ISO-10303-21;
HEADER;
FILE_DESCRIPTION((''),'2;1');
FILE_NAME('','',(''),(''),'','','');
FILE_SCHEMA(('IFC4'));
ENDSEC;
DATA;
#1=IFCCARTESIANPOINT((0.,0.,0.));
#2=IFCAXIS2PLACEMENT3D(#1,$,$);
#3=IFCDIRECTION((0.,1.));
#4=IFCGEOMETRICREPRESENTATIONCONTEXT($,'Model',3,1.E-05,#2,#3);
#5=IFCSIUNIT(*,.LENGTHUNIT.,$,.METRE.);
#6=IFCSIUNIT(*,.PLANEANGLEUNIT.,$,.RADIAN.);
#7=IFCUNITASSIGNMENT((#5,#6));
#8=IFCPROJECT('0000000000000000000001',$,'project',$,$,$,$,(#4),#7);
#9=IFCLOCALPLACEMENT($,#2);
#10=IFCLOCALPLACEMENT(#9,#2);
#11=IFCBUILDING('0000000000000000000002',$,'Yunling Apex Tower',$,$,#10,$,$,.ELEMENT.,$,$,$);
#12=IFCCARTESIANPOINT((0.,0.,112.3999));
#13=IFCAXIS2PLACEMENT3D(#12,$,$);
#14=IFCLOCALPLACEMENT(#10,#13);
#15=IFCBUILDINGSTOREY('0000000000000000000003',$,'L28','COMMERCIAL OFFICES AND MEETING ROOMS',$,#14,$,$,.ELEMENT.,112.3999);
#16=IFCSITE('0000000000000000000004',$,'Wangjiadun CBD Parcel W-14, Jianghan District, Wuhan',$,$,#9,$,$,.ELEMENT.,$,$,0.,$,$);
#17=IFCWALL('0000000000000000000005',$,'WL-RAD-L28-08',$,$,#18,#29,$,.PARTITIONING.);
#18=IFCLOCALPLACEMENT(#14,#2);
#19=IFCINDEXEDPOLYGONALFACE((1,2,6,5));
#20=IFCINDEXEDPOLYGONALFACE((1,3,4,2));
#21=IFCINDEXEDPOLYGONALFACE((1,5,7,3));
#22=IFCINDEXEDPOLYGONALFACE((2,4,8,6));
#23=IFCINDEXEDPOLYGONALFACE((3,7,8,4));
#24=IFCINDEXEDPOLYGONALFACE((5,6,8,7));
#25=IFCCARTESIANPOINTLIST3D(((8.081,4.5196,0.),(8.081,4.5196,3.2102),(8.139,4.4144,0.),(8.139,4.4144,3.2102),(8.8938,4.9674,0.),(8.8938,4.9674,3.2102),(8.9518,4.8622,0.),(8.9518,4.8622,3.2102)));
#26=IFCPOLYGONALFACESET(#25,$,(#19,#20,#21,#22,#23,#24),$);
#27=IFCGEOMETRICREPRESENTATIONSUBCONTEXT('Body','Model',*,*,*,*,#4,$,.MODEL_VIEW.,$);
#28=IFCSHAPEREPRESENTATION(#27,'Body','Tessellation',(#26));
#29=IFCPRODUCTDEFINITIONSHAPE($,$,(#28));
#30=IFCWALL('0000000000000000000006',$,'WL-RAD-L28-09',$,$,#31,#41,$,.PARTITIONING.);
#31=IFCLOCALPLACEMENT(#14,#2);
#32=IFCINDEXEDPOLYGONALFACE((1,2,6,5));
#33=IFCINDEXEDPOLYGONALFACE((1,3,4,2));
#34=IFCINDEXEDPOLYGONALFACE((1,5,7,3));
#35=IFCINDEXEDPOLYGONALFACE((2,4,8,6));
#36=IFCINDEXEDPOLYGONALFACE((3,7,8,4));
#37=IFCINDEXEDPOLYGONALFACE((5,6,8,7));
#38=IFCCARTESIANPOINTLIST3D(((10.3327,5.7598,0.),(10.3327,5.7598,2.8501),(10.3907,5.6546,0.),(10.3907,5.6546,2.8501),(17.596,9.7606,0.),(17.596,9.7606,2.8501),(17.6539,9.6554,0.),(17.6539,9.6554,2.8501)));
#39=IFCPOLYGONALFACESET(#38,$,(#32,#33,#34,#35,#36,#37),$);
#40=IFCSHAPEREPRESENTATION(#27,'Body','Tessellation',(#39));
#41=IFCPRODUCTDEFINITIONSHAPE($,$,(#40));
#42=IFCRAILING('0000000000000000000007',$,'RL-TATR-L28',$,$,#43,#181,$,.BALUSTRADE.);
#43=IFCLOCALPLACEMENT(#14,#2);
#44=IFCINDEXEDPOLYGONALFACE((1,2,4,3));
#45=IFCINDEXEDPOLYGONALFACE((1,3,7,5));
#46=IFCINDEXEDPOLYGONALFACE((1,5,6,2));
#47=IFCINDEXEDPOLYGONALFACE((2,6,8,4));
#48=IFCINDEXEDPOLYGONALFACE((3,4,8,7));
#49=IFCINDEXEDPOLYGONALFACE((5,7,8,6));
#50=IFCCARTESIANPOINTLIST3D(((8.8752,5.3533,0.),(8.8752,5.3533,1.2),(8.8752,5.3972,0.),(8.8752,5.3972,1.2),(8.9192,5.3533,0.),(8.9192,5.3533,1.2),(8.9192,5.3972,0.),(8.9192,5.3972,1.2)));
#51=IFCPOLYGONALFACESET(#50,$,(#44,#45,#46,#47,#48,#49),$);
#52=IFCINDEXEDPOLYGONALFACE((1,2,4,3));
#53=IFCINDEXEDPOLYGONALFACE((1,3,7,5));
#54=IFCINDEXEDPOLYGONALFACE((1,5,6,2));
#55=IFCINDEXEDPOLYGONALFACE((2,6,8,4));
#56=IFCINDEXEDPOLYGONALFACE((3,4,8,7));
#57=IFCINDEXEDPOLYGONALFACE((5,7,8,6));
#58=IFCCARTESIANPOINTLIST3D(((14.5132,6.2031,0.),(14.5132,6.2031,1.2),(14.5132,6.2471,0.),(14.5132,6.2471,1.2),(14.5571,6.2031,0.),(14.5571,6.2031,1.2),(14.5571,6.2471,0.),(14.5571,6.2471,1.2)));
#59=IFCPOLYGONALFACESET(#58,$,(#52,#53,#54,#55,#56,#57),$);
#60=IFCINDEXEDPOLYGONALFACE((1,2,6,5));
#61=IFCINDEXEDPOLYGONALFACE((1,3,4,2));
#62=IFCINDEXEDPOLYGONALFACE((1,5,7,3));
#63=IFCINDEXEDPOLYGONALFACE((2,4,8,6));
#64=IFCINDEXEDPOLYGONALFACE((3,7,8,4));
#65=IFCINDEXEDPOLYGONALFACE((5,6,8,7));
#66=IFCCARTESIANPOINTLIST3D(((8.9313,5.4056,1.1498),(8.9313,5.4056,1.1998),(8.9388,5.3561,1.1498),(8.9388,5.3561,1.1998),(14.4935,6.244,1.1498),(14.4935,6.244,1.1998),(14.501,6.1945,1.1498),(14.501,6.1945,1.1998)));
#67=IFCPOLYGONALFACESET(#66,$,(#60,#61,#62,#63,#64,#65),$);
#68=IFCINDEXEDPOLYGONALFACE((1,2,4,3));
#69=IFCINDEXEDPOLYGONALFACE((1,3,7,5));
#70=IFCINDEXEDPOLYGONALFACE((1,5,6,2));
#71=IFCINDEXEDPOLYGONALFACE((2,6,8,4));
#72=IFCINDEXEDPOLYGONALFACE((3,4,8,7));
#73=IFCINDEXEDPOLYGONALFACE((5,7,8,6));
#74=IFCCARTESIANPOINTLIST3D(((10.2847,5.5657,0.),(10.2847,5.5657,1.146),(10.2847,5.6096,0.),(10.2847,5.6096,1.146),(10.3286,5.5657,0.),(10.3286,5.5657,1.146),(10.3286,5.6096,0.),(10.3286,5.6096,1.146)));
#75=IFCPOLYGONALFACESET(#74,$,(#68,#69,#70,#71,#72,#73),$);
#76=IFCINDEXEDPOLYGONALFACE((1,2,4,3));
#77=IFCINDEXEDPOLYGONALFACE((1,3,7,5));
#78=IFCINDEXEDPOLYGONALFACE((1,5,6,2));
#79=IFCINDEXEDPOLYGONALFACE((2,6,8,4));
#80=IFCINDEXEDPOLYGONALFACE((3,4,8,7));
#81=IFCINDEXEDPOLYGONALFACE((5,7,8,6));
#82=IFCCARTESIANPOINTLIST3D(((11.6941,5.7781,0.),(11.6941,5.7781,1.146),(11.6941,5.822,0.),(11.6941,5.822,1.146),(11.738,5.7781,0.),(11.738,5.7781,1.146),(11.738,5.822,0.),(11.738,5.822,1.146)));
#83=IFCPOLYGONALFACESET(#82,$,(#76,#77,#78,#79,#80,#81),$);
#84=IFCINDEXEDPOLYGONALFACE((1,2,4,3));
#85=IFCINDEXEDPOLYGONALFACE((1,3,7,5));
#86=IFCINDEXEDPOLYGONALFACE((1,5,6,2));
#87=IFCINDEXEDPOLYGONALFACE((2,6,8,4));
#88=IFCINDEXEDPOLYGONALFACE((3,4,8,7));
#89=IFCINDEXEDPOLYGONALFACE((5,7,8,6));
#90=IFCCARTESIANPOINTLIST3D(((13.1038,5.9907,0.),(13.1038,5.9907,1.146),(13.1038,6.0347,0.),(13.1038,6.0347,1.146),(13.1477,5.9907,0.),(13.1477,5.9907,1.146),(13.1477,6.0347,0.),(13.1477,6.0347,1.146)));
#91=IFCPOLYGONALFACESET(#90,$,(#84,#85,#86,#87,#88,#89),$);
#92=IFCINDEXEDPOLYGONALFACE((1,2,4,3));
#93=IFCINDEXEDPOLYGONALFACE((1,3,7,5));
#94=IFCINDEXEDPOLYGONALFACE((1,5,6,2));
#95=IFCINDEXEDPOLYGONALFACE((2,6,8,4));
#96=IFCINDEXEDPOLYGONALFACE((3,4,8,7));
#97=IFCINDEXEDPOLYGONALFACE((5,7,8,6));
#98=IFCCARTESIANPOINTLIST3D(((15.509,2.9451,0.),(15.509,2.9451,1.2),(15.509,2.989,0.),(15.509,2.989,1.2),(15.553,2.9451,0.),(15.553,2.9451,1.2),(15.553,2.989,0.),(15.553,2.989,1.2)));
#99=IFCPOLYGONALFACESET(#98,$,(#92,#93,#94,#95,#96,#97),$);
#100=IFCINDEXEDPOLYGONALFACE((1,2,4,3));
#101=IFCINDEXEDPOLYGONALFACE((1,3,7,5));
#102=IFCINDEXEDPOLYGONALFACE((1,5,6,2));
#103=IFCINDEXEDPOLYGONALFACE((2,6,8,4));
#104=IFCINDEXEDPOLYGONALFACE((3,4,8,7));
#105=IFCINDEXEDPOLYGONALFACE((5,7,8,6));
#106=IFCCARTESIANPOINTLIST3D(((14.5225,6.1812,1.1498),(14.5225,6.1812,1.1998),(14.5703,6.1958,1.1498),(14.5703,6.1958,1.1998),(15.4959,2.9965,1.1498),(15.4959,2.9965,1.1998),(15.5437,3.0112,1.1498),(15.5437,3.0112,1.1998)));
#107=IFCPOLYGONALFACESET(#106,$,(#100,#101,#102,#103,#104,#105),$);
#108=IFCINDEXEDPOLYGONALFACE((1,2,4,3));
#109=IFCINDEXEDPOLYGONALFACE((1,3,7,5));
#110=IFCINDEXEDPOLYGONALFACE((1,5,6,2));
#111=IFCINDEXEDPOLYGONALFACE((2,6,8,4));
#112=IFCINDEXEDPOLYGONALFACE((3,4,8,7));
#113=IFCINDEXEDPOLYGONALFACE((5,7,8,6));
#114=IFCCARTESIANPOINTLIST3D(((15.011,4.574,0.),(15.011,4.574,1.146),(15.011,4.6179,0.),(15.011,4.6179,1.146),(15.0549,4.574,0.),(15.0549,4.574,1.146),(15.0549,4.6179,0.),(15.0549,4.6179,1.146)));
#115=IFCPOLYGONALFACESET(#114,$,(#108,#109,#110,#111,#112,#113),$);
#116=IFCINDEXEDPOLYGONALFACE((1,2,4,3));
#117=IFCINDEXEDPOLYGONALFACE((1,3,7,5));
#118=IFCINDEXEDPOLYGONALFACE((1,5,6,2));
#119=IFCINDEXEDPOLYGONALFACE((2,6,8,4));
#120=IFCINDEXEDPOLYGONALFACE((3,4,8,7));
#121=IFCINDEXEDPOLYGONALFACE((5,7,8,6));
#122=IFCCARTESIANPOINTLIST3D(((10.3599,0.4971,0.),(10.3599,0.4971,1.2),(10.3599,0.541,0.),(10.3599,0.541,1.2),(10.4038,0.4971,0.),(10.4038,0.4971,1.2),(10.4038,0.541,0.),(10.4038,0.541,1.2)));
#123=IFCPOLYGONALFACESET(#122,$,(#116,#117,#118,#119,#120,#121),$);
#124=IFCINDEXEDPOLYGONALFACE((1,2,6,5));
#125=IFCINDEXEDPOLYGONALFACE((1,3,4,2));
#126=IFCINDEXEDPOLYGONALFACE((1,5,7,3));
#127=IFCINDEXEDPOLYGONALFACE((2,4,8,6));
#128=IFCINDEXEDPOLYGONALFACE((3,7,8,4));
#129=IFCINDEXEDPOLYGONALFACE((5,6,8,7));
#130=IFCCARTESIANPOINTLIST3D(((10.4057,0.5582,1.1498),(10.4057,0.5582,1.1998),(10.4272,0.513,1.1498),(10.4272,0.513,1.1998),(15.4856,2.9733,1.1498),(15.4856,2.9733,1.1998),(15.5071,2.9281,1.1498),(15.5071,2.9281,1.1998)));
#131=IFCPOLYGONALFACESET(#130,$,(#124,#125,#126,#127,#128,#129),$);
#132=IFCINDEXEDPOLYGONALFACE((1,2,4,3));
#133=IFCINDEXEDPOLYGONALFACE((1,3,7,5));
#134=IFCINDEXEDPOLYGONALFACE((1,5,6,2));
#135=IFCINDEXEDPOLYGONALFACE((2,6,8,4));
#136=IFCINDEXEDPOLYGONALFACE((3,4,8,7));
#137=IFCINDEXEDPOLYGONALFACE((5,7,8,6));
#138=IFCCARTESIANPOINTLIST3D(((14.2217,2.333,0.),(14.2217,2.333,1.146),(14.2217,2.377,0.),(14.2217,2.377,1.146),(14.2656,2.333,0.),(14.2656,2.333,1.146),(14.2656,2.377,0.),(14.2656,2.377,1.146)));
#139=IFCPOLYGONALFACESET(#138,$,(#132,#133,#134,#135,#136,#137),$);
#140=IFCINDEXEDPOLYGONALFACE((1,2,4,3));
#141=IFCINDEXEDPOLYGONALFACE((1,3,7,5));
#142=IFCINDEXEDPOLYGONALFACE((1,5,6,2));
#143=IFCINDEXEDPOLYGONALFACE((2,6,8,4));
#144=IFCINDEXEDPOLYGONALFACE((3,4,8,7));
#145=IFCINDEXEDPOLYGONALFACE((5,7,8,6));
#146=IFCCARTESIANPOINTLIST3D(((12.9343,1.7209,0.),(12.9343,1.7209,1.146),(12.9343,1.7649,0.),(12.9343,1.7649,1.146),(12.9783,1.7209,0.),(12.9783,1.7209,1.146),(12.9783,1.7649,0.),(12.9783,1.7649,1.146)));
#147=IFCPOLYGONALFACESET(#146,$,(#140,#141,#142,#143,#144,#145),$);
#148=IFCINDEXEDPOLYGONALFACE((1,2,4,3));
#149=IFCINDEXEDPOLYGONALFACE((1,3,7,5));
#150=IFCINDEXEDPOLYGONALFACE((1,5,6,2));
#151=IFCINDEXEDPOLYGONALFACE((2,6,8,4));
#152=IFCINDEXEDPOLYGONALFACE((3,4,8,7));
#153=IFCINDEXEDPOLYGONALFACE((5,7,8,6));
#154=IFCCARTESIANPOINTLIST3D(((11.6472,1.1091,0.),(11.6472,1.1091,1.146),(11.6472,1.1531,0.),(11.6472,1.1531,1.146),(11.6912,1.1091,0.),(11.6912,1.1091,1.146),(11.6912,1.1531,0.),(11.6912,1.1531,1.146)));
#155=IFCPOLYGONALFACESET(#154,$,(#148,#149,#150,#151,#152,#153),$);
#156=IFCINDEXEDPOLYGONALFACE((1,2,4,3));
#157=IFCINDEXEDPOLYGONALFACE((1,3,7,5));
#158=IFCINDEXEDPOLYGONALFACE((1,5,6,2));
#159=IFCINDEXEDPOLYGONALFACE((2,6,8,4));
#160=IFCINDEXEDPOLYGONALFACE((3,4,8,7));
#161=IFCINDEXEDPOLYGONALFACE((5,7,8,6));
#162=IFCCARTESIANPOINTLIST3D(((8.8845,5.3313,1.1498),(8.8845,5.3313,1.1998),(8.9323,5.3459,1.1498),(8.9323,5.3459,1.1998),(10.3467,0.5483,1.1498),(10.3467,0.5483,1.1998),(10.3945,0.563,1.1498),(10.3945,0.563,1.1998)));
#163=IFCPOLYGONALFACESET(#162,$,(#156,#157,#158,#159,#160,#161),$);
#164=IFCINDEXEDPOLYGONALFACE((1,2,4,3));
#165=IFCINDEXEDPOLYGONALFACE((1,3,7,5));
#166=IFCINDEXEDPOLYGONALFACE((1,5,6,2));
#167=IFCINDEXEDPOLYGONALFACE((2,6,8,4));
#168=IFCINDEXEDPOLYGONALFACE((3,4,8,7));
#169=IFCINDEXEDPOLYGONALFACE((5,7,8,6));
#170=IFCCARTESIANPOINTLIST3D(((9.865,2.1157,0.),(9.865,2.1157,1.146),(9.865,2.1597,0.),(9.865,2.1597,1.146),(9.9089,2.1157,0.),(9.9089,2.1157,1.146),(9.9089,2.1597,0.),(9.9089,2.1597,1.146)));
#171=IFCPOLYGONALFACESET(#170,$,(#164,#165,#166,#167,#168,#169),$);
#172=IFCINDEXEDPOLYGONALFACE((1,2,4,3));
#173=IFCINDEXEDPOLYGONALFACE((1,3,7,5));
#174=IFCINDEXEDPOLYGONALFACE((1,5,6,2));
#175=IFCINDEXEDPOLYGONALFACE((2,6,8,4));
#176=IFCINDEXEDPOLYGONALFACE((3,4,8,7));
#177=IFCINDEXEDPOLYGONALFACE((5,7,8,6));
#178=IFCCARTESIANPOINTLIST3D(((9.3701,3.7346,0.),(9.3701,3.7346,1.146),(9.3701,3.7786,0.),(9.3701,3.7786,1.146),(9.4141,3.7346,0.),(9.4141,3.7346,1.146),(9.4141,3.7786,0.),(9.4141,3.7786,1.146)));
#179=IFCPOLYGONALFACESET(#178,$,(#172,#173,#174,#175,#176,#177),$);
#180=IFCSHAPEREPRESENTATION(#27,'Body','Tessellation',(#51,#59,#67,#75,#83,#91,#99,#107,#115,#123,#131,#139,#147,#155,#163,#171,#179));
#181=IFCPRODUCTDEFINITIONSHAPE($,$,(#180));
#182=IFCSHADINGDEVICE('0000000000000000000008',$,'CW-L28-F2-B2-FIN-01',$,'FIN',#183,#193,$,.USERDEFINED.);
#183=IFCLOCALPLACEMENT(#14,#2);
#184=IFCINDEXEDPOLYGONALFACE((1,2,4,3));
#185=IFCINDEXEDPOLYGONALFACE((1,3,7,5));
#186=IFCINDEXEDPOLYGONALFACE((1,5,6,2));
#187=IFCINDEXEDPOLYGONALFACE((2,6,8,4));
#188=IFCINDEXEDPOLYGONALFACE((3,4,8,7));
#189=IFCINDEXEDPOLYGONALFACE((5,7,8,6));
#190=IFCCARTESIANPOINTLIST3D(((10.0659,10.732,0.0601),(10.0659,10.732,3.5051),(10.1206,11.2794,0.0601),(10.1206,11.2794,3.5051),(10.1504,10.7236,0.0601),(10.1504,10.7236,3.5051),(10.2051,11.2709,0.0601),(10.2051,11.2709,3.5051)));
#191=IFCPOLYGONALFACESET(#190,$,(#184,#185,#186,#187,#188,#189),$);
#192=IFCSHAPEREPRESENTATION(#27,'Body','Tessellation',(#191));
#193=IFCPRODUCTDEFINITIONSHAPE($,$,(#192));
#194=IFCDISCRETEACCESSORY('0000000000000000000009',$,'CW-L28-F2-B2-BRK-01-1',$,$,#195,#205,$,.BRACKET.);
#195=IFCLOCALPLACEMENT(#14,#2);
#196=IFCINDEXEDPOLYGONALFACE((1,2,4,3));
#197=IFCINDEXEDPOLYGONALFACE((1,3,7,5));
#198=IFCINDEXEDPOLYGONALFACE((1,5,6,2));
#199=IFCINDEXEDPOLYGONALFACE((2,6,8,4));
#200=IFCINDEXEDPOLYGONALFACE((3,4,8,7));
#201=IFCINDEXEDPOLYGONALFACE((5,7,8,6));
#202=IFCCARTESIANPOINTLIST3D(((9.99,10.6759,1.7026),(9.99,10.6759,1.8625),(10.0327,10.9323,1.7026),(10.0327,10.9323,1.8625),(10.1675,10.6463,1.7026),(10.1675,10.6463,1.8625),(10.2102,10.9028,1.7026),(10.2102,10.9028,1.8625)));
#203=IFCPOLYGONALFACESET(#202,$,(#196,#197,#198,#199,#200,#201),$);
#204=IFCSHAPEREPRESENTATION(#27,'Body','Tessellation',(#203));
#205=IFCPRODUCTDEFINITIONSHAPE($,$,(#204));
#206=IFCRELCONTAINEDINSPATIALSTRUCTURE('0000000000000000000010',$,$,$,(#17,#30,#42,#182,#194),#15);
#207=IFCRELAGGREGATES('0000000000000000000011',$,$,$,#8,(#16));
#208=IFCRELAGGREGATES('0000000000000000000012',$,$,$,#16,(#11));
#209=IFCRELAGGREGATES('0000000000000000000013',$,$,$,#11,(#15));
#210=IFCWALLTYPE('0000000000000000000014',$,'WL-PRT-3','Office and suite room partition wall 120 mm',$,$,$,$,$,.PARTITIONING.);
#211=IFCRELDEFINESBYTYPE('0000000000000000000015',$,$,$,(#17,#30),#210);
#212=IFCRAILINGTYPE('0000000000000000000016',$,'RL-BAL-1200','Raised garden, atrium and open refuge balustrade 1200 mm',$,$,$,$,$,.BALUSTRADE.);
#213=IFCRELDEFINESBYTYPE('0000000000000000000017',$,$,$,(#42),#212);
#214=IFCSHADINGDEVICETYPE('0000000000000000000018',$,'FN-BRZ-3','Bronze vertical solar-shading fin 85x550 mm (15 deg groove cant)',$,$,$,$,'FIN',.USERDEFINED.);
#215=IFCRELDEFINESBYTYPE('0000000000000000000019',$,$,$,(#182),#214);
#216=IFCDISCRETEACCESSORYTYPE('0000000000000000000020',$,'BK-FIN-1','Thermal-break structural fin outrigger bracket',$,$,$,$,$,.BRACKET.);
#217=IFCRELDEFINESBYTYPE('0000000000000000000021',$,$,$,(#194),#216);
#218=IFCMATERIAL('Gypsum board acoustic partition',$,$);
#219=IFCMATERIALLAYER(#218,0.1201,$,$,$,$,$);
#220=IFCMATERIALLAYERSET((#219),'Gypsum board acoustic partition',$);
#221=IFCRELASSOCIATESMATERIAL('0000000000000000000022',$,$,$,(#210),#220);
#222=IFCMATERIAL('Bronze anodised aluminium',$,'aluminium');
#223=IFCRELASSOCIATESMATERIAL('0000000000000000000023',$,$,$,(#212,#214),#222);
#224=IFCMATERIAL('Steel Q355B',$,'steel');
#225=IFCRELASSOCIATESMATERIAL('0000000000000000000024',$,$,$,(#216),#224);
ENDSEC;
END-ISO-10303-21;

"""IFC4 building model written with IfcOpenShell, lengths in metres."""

from ifc_helpers import new_model, si_unit, direction, frame, frame_2d, origin, origin_2d, place, context, subcontext, project, spatial, rectangle, extrude, source, transform, mapped, material, layer, layer_set, material_profile, profile_set, type_object, element, save


model = new_model("IFC4")

# Units and contexts
model_context = context("Model", 3, precision=1e-05, world=origin(), true_north=direction((0.0, 1.0)))
body_context = subcontext(model_context, "Body", "Model", "MODEL_VIEW")
ifc_project = project(units=[si_unit("LENGTHUNIT", "METRE"), si_unit("PLANEANGLEUNIT", "RADIAN")], contexts=[model_context])

# Site, building, storey
site_placement = place(None, origin())
site = spatial("IfcSite", under=ifc_project, at=site_placement, Name="Wangjiadun CBD Parcel W-14, Jianghan District, Wuhan", CompositionType="ELEMENT", RefElevation=0.0)
building_placement = place(site_placement, origin())
building = spatial("IfcBuilding", under=site, at=building_placement, Name="Yunling Apex Tower", CompositionType="ELEMENT")
storey_placement = place(building_placement, frame((0.0, 0.0, 112.3999)))
storey = spatial("IfcBuildingStorey", under=building, at=storey_placement, Name="L28", Description="COMMERCIAL OFFICES AND MEETING ROOMS", CompositionType="ELEMENT", Elevation=112.3999)

# Shared definitions
ifc_material_1 = material(Name="Steel Q355B", Category="steel")

# Shared definitions
ifc_material_2 = material(Name="Bronze anodised aluminium", Category="aluminium")

# Shared definitions
ifc_material_3 = material(Name="Gypsum board acoustic partition")

# Walls
ifc_layer_1 = layer(ifc_material_3, 0.1201)
ifc_layer_set_1 = layer_set([ifc_layer_1], Name="Gypsum board acoustic partition")
wall_type_1 = type_object("IfcWallType", Name="WL-PRT-3", Description="Office and suite room partition wall 120 mm", PredefinedType="PARTITIONING", material=ifc_layer_set_1)
wall_1_placement = place(storey_placement, frame((8.1101, 4.467, 0.0), z_axis=(0.0, 0.0, 1.0), x_axis=(0.875877, 0.482535, 0.0)))
element("IfcWall", 1, at=wall_1_placement, inside=storey, type_object=wall_type_1, Name="WL-RAD-L28-08", PredefinedType="PARTITIONING", context=body_context, shape_type="SweptSolid", body=[
    extrude(rectangle(XDim=0.928, YDim=0.1201, at=frame_2d((0.4639, 0.0))), origin(), (0.0, 0.0, 1.0), 3.2102),
])
wall_2_placement = place(storey_placement, frame((10.3618, 5.7073, 0.0), z_axis=(0.0, 0.0, 1.0), x_axis=(0.875911, 0.482472, 0.0)))
element("IfcWall", 2, at=wall_2_placement, inside=storey, type_object=wall_type_1, Name="WL-RAD-L28-09", PredefinedType="PARTITIONING", context=body_context, shape_type="SweptSolid", body=[
    extrude(rectangle(XDim=8.2922, YDim=0.1201, at=frame_2d((4.146, 0.0))), origin(), (0.0, 0.0, 1.0), 2.8501),
])

# Railing
railing_type = type_object("IfcRailingType", Name="RL-BAL-1200", Description="Raised garden, atrium and open refuge balustrade 1200 mm", PredefinedType="BALUSTRADE", material=ifc_material_2)
railing_placement = place(storey_placement, frame((8.8972, 5.3752, 0.0)))
element("IfcRailing", 3, at=railing_placement, inside=storey, type_object=railing_type, Name="RL-TATR-L28", PredefinedType="BALUSTRADE", context=body_context, shape_type="SweptSolid", body=[
    extrude(rectangle(XDim=0.0439, YDim=0.0439, at=origin_2d()), origin(), (0.0, 0.0, 1.0), 1.2),
    extrude(rectangle(XDim=0.0439, YDim=0.0439, at=origin_2d()), frame((5.6379, 0.8499, 0.0)), (0.0, 0.0, 1.0), 1.2),
    extrude(rectangle(XDim=0.05, YDim=0.05, at=origin_2d()), frame((0.0378, 0.0056, 1.1748), z_axis=(0.988829, 0.149054, 0.0), x_axis=(-0.149054, 0.988829, 0.0)), (0.0, 0.0, 1.0), 5.625),
    extrude(rectangle(XDim=0.0439, YDim=0.0439, at=origin_2d()), frame((1.4094, 0.2124, 0.0)), (0.0, 0.0, 1.0), 1.146),
    extrude(rectangle(XDim=0.0439, YDim=0.0439, at=origin_2d()), frame((2.8188, 0.4248, 0.0)), (0.0, 0.0, 1.0), 1.146),
    extrude(rectangle(XDim=0.0439, YDim=0.0439, at=origin_2d()), frame((4.2285, 0.6375, 0.0)), (0.0, 0.0, 1.0), 1.146),
    extrude(rectangle(XDim=0.0439, YDim=0.0439, at=origin_2d()), frame((6.6338, -2.4082, 0.0)), (0.0, 0.0, 1.0), 1.2),
    extrude(rectangle(XDim=0.05, YDim=0.05, at=origin_2d()), frame((5.6492, 0.8132, 1.1748), z_axis=(0.292308, -0.956324, 0.0), x_axis=(0.956324, 0.292308, 0.0)), (0.0, 0.0, 1.0), 3.3301),
    extrude(rectangle(XDim=0.0439, YDim=0.0439, at=origin_2d()), frame((6.1357, -0.7793, 0.0)), (0.0, 0.0, 1.0), 1.146),
    extrude(rectangle(XDim=0.0439, YDim=0.0439, at=origin_2d()), frame((1.4846, -4.8562, 0.0)), (0.0, 0.0, 1.0), 1.2),
    extrude(rectangle(XDim=0.05, YDim=0.05, at=origin_2d()), frame((6.5991, -2.4246, 1.1748), z_axis=(-0.903132, -0.429363, 0.0), x_axis=(0.429363, -0.903132, 0.0)), (0.0, 0.0, 1.0), 5.6248),
    extrude(rectangle(XDim=0.0439, YDim=0.0439, at=origin_2d()), frame((5.3464, -3.0203, 0.0)), (0.0, 0.0, 1.0), 1.146),
    extrude(rectangle(XDim=0.0439, YDim=0.0439, at=origin_2d()), frame((4.0591, -3.6323, 0.0)), (0.0, 0.0, 1.0), 1.146),
    extrude(rectangle(XDim=0.0439, YDim=0.0439, at=origin_2d()), frame((2.772, -4.2441, 0.0)), (0.0, 0.0, 1.0), 1.146),
    extrude(rectangle(XDim=0.05, YDim=0.05, at=origin_2d()), frame((1.4734, -4.8196, 1.1748), z_axis=(-0.292359, 0.956309, 0.0), x_axis=(-0.956309, -0.292359, 0.0)), (0.0, 0.0, 1.0), 5.0015),
    extrude(rectangle(XDim=0.0439, YDim=0.0439, at=origin_2d()), frame((0.9897, -3.2375, 0.0)), (0.0, 0.0, 1.0), 1.146),
    extrude(rectangle(XDim=0.0439, YDim=0.0439, at=origin_2d()), frame((0.4949, -1.6187, 0.0)), (0.0, 0.0, 1.0), 1.146),
])

# Shading device
ifc_material_profile_1 = material_profile(ifc_material_2, rectangle(XDim=0.085, YDim=0.55, at=origin_2d()))
ifc_profile_set_1 = profile_set([ifc_material_profile_1], Name="Bronze anodised aluminium")
shading_device_type = type_object("IfcShadingDeviceType", Name="FN-BRZ-3", Description="Bronze vertical solar-shading fin 85x550 mm (15 deg groove cant)", ElementType="FIN", PredefinedType="USERDEFINED", material=ifc_profile_set_1)
shared_shape_1 = source(origin(), body_context, "Body", "SweptSolid", [
    extrude(rectangle(XDim=0.085, YDim=0.55, at=origin_2d()), origin(), (0.0, 0.0, 1.0), 3.4451),
])
shading_device_placement = place(storey_placement, frame((10.1355, 11.0015, 0.0601), z_axis=(0.0, 0.0, 1.0), x_axis=(-0.995038, 0.099493, 0.0)))
element("IfcShadingDevice", 4, at=shading_device_placement, inside=storey, type_object=shading_device_type, Name="CW-L28-F2-B2-FIN-01", ObjectType="FIN", PredefinedType="USERDEFINED", context=body_context, shape_type="MappedRepresentation", body=[
    mapped(shared_shape_1, transform((0.0, 0.0, 0.0), scale=1.0)),
])

# Discrete accessory
discrete_accessory_type = type_object("IfcDiscreteAccessoryType", Name="BK-FIN-1", Description="Thermal-break structural fin outrigger bracket", PredefinedType="BRACKET", material=ifc_material_1)
shared_shape_2 = source(origin(), body_context, "Body", "SweptSolid", [
    extrude(rectangle(XDim=0.1799, YDim=0.26, at=origin_2d()), origin(), (0.0, 0.0, 1.0), 0.1599),
])
discrete_accessory_placement = place(storey_placement, frame((10.1001, 10.7893, 1.7026), z_axis=(0.0, 0.0, 1.0), x_axis=(-0.986401, 0.164359, 0.0)))
element("IfcDiscreteAccessory", 5, at=discrete_accessory_placement, inside=storey, type_object=discrete_accessory_type, Name="CW-L28-F2-B2-BRK-01-1", PredefinedType="BRACKET", context=body_context, shape_type="MappedRepresentation", body=[
    mapped(shared_shape_2, transform((0.0, 0.0, 0.0), scale=1.0)),
])

save(model, "model.ifc")
